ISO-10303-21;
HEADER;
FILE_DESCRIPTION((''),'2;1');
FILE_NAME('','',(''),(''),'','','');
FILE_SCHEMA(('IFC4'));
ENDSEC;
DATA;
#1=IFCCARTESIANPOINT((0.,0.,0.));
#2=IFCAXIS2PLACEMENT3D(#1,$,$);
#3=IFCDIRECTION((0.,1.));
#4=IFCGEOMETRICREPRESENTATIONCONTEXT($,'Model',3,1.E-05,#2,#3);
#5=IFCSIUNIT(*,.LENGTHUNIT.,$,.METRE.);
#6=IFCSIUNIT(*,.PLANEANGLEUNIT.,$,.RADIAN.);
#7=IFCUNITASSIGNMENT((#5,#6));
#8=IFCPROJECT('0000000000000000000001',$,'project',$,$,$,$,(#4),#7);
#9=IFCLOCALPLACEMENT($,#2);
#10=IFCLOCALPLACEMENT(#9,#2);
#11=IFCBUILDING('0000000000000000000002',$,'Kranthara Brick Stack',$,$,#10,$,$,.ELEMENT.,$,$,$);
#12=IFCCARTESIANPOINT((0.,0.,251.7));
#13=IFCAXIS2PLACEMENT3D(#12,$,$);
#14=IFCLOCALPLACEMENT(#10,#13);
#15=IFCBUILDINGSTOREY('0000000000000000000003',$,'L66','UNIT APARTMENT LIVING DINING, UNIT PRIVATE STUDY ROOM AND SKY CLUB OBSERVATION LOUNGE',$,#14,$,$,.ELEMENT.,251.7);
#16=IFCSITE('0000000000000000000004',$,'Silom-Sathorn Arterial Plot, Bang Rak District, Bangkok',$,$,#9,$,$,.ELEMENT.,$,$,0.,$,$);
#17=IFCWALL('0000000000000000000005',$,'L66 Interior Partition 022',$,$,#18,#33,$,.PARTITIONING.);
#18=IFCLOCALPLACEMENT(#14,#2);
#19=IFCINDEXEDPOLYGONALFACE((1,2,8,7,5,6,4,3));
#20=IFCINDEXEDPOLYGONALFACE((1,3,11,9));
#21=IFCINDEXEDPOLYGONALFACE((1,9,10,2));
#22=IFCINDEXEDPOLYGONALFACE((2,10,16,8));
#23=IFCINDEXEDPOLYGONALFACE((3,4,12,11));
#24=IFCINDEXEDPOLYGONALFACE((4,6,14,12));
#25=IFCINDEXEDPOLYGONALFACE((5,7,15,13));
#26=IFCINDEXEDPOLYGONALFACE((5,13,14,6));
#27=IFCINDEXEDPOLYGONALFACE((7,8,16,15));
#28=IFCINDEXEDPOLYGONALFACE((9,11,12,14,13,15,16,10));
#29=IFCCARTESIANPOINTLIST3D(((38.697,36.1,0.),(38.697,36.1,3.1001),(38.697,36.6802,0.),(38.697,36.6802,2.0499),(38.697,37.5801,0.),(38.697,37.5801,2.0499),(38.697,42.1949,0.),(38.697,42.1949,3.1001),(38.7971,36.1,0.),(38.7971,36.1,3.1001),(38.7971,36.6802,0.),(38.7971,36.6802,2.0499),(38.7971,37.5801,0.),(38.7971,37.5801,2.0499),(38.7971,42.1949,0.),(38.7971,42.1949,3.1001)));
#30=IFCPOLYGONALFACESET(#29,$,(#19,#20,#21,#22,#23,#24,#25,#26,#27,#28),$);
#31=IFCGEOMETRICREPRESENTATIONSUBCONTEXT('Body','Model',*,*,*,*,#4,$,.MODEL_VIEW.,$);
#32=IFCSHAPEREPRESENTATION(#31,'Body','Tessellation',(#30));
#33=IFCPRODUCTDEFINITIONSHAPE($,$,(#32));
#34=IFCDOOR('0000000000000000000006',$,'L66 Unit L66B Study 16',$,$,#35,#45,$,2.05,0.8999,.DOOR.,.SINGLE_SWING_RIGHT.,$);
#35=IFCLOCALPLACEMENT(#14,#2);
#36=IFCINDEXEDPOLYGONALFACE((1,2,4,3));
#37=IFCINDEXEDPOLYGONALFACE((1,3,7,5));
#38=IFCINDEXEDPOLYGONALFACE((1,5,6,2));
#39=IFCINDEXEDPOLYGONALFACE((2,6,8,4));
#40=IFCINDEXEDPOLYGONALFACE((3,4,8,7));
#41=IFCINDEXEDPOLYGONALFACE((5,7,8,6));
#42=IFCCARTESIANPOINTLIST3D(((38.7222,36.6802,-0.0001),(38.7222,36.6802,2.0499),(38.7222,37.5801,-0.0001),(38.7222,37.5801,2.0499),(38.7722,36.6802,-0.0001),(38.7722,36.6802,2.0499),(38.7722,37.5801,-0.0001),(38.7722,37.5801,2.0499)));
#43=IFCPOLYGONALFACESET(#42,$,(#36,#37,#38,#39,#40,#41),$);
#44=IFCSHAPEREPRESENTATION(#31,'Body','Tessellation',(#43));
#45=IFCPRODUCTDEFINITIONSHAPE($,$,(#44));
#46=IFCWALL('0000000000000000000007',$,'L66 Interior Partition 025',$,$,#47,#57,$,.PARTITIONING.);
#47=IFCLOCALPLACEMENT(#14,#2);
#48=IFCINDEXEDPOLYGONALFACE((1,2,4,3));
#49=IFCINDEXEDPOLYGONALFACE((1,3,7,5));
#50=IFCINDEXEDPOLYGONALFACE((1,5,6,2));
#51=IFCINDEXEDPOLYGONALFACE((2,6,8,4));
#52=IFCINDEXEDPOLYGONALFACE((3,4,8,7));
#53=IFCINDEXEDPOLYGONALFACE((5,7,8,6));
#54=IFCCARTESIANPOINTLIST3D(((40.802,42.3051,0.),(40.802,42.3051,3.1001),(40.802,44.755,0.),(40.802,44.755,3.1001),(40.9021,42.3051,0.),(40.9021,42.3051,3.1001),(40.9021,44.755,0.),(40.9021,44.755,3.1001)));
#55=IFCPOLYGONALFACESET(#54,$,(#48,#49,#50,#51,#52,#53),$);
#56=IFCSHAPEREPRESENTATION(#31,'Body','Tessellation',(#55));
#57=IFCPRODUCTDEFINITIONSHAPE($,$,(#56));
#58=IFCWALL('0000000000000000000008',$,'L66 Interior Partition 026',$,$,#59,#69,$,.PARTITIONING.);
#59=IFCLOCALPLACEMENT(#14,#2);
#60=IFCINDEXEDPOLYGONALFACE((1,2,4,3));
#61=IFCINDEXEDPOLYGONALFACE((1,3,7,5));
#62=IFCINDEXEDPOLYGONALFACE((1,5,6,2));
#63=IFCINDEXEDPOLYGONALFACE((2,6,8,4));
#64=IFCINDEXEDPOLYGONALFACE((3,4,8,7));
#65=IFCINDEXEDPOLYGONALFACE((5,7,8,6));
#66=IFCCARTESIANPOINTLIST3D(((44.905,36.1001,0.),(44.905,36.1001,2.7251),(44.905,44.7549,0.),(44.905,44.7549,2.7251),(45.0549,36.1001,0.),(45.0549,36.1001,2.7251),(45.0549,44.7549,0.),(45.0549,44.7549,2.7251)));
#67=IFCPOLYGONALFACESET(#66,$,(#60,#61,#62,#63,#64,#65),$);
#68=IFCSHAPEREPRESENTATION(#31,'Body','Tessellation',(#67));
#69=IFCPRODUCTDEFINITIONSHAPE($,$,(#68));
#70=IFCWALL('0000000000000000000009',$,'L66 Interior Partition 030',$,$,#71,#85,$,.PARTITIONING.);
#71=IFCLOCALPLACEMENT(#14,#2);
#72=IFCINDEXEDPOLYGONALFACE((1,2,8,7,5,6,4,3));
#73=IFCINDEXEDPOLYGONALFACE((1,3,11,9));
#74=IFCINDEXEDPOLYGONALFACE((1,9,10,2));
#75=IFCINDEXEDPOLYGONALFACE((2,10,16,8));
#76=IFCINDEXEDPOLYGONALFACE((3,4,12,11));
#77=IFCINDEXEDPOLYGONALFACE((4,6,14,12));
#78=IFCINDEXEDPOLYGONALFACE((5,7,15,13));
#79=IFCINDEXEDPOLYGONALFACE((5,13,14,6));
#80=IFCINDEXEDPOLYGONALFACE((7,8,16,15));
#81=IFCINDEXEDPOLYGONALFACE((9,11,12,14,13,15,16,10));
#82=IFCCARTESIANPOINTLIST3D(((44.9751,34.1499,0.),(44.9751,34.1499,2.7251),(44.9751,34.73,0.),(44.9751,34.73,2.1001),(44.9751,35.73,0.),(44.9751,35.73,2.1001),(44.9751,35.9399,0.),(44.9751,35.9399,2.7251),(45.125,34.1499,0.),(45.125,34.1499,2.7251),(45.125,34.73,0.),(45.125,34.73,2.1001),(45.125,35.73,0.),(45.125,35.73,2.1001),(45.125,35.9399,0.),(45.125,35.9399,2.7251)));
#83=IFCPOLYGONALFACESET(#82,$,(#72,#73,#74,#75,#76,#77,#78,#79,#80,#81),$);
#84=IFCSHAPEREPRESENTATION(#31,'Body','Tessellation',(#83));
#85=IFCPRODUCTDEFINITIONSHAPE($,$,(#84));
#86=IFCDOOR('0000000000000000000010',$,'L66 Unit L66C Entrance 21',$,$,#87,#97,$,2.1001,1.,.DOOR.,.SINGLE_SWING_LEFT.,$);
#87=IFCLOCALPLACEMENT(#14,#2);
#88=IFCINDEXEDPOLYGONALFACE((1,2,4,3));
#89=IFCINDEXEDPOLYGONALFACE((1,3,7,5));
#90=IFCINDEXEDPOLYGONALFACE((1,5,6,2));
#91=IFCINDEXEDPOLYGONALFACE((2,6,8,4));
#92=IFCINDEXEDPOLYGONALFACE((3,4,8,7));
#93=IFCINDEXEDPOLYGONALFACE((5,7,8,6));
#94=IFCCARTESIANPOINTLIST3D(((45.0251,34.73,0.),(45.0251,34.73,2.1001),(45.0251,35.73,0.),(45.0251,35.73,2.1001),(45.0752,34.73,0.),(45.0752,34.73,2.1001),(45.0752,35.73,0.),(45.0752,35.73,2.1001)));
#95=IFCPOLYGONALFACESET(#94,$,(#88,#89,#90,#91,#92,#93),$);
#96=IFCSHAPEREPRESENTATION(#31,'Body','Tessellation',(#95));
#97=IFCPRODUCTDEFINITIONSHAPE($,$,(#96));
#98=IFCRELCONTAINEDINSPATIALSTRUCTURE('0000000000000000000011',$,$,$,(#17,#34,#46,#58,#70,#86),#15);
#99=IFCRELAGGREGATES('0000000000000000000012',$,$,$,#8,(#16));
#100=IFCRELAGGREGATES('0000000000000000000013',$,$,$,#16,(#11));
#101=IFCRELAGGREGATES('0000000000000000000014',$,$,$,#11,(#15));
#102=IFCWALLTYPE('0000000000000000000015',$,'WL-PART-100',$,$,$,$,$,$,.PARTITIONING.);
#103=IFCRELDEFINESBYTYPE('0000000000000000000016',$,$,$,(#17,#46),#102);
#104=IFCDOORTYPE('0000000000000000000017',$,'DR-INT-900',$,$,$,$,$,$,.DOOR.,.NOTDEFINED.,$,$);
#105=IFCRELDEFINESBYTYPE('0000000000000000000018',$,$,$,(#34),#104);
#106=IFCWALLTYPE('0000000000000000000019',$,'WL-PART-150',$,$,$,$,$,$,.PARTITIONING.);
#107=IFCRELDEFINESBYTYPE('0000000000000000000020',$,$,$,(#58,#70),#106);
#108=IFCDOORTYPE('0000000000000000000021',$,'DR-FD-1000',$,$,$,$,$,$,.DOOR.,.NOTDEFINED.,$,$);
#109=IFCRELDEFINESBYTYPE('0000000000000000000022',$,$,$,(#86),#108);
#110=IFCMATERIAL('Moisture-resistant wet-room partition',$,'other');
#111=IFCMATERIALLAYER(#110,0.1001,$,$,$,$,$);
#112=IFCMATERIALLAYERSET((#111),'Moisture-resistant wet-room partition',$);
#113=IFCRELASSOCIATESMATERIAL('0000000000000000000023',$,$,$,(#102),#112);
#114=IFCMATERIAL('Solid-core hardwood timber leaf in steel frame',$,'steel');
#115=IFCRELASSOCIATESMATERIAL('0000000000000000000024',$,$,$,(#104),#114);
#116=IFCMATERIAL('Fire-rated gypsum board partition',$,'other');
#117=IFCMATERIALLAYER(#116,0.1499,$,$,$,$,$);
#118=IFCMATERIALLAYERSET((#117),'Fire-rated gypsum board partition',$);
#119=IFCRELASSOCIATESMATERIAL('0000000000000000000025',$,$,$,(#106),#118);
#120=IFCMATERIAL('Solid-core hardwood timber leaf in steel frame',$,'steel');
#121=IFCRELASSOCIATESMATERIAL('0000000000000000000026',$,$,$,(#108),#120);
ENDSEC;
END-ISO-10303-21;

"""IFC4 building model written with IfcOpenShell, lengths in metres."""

from ifc_helpers import new_model, si_unit, direction, frame, frame_2d, origin, place, context, subcontext, project, spatial, rectangle, extrude, material, layer, layer_set, type_object, element, fill, save


model = new_model("IFC4")

# Units and contexts
model_context = context("Model", 3, precision=1e-05, world=origin(), true_north=direction((0.0, 1.0)))
body_context = subcontext(model_context, "Body", "Model", "MODEL_VIEW")
ifc_project = project(units=[si_unit("LENGTHUNIT", "METRE"), si_unit("PLANEANGLEUNIT", "RADIAN")], contexts=[model_context])

# Site, building, storey
site_placement = place(None, origin())
site = spatial("IfcSite", under=ifc_project, at=site_placement, Name="Silom-Sathorn Arterial Plot, Bang Rak District, Bangkok", CompositionType="ELEMENT", RefElevation=0.0)
building_placement = place(site_placement, origin())
building = spatial("IfcBuilding", under=site, at=building_placement, Name="Kranthara Brick Stack", CompositionType="ELEMENT")
storey_placement = place(building_placement, frame((0.0, 0.0, 251.7)))
storey = spatial("IfcBuildingStorey", under=building, at=storey_placement, Name="L66", Description="UNIT APARTMENT LIVING DINING, UNIT PRIVATE STUDY ROOM AND SKY CLUB OBSERVATION LOUNGE", CompositionType="ELEMENT", Elevation=251.7)

# Wall, opening, door
ifc_material_1 = material(Name="Moisture-resistant wet-room partition", Category="other")
ifc_layer_1 = layer(ifc_material_1, 0.1001)
ifc_layer_set_1 = layer_set([ifc_layer_1], Name="Moisture-resistant wet-room partition")
wall_type_1 = type_object("IfcWallType", Name="WL-PART-100", PredefinedType="PARTITIONING", material=ifc_layer_set_1)
wall_1_placement = place(storey_placement, frame((38.7471, 36.1001, 0.0), z_axis=(0.0, 0.0, 1.0), x_axis=(0.0, 1.0, 0.0)))
wall_1 = element("IfcWall", 1, at=wall_1_placement, inside=storey, type_object=wall_type_1, Name="L66 Interior Partition 022", PredefinedType="PARTITIONING", context=body_context, shape_type="SweptSolid", body=[
    extrude(rectangle(XDim=6.095, YDim=0.1001, at=frame_2d((3.0474, 0.0))), origin(), (0.0, 0.0, 1.0), 3.1001),
])
opening_1_placement = place(wall_1_placement, frame((0.5801, 0.0, 0.0)))
opening_1 = element("IfcOpeningElement", 2, at=opening_1_placement, cuts=wall_1, PredefinedType="OPENING", context=body_context, shape_type="SweptSolid", body=[
    extrude(rectangle(XDim=0.8999, YDim=2.05, at=frame_2d((0.45, 1.0249))), frame((0.0, 0.0601, 0.0), z_axis=(0.0, -1.0, 0.0), x_axis=(1.0, 0.0, 0.0)), (0.0, 0.0, 1.0), 0.1201),
])
ifc_material_2 = material(Name="Solid-core hardwood timber leaf in steel frame", Category="steel")
door_type_1 = type_object("IfcDoorType", Name="DR-INT-900", OperationType="NOTDEFINED", PredefinedType="DOOR", material=ifc_material_2)
door_1_placement = place(opening_1_placement, origin())
door_1 = element("IfcDoor", 3, at=door_1_placement, inside=storey, type_object=door_type_1, Name="L66 Unit L66B Study 16", OperationType="SINGLE_SWING_RIGHT", OverallHeight=2.05, OverallWidth=0.8999, PredefinedType="DOOR", context=body_context, shape_type="SweptSolid", body=[
    extrude(rectangle(XDim=0.8999, YDim=2.05, at=frame_2d((0.45, 1.0249))), frame((0.0, 0.0249, 0.0), z_axis=(0.0, -1.0, 0.0), x_axis=(1.0, 0.0, 0.0)), (0.0, 0.0, 1.0), 0.05),
])
fill(opening_1, door_1)

# Walls
wall_2_placement = place(storey_placement, frame((40.8521, 42.3049, 0.0), z_axis=(0.0, 0.0, 1.0), x_axis=(0.0, 1.0, 0.0)))
element("IfcWall", 4, at=wall_2_placement, inside=storey, type_object=wall_type_1, Name="L66 Interior Partition 025", PredefinedType="PARTITIONING", context=body_context, shape_type="SweptSolid", body=[
    extrude(rectangle(XDim=2.45, YDim=0.1001, at=frame_2d((1.2251, 0.0))), origin(), (0.0, 0.0, 1.0), 3.1001),
])
ifc_material_3 = material(Name="Fire-rated gypsum board partition", Category="other")
ifc_layer_2 = layer(ifc_material_3, 0.1499)
ifc_layer_set_2 = layer_set([ifc_layer_2], Name="Fire-rated gypsum board partition")
wall_type_2 = type_object("IfcWallType", Name="WL-PART-150", PredefinedType="PARTITIONING", material=ifc_layer_set_2)
wall_3_placement = place(storey_placement, frame((44.98, 36.1001, 0.0), z_axis=(0.0, 0.0, 1.0), x_axis=(0.0, 1.0, 0.0)))
element("IfcWall", 5, at=wall_3_placement, inside=storey, type_object=wall_type_2, Name="L66 Interior Partition 026", PredefinedType="PARTITIONING", context=body_context, shape_type="SweptSolid", body=[
    extrude(rectangle(XDim=8.6548, YDim=0.1499, at=frame_2d((4.3274, 0.0))), origin(), (0.0, 0.0, 1.0), 2.7251),
])

# Wall, opening, door
wall_4_placement = place(storey_placement, frame((45.05, 34.1499, 0.0), z_axis=(0.0, 0.0, 1.0), x_axis=(0.0, 1.0, 0.0)))
wall_4 = element("IfcWall", 6, at=wall_4_placement, inside=storey, type_object=wall_type_2, Name="L66 Interior Partition 030", PredefinedType="PARTITIONING", context=body_context, shape_type="SweptSolid", body=[
    extrude(rectangle(XDim=1.79, YDim=0.1499, at=frame_2d((0.895, 0.0))), origin(), (0.0, 0.0, 1.0), 2.7251),
])
opening_2_placement = place(wall_4_placement, frame((0.5801, 0.0, 0.0)))
opening_2 = element("IfcOpeningElement", 7, at=opening_2_placement, cuts=wall_4, PredefinedType="OPENING", context=body_context, shape_type="SweptSolid", body=[
    extrude(rectangle(XDim=1.0, YDim=2.1001, at=frame_2d((0.5, 1.05))), frame((0.0, 0.085, 0.0), z_axis=(0.0, -1.0, 0.0), x_axis=(1.0, 0.0, 0.0)), (0.0, 0.0, 1.0), 0.1699),
])
ifc_material_4 = material(Name="Solid-core hardwood timber leaf in steel frame", Category="steel")
door_type_2 = type_object("IfcDoorType", Name="DR-FD-1000", OperationType="NOTDEFINED", PredefinedType="DOOR", material=ifc_material_4)
door_2_placement = place(opening_2_placement, origin())
door_2 = element("IfcDoor", 8, at=door_2_placement, inside=storey, type_object=door_type_2, Name="L66 Unit L66C Entrance 21", OperationType="SINGLE_SWING_LEFT", OverallHeight=2.1001, OverallWidth=1.0, PredefinedType="DOOR", context=body_context, shape_type="SweptSolid", body=[
    extrude(rectangle(XDim=1.0, YDim=2.1001, at=frame_2d((0.5, 1.05))), frame((0.0, 0.0249, 0.0), z_axis=(0.0, -1.0, 0.0), x_axis=(1.0, 0.0, 0.0)), (0.0, 0.0, 1.0), 0.05),
])
fill(opening_2, door_2)

save(model, "model.ifc")
